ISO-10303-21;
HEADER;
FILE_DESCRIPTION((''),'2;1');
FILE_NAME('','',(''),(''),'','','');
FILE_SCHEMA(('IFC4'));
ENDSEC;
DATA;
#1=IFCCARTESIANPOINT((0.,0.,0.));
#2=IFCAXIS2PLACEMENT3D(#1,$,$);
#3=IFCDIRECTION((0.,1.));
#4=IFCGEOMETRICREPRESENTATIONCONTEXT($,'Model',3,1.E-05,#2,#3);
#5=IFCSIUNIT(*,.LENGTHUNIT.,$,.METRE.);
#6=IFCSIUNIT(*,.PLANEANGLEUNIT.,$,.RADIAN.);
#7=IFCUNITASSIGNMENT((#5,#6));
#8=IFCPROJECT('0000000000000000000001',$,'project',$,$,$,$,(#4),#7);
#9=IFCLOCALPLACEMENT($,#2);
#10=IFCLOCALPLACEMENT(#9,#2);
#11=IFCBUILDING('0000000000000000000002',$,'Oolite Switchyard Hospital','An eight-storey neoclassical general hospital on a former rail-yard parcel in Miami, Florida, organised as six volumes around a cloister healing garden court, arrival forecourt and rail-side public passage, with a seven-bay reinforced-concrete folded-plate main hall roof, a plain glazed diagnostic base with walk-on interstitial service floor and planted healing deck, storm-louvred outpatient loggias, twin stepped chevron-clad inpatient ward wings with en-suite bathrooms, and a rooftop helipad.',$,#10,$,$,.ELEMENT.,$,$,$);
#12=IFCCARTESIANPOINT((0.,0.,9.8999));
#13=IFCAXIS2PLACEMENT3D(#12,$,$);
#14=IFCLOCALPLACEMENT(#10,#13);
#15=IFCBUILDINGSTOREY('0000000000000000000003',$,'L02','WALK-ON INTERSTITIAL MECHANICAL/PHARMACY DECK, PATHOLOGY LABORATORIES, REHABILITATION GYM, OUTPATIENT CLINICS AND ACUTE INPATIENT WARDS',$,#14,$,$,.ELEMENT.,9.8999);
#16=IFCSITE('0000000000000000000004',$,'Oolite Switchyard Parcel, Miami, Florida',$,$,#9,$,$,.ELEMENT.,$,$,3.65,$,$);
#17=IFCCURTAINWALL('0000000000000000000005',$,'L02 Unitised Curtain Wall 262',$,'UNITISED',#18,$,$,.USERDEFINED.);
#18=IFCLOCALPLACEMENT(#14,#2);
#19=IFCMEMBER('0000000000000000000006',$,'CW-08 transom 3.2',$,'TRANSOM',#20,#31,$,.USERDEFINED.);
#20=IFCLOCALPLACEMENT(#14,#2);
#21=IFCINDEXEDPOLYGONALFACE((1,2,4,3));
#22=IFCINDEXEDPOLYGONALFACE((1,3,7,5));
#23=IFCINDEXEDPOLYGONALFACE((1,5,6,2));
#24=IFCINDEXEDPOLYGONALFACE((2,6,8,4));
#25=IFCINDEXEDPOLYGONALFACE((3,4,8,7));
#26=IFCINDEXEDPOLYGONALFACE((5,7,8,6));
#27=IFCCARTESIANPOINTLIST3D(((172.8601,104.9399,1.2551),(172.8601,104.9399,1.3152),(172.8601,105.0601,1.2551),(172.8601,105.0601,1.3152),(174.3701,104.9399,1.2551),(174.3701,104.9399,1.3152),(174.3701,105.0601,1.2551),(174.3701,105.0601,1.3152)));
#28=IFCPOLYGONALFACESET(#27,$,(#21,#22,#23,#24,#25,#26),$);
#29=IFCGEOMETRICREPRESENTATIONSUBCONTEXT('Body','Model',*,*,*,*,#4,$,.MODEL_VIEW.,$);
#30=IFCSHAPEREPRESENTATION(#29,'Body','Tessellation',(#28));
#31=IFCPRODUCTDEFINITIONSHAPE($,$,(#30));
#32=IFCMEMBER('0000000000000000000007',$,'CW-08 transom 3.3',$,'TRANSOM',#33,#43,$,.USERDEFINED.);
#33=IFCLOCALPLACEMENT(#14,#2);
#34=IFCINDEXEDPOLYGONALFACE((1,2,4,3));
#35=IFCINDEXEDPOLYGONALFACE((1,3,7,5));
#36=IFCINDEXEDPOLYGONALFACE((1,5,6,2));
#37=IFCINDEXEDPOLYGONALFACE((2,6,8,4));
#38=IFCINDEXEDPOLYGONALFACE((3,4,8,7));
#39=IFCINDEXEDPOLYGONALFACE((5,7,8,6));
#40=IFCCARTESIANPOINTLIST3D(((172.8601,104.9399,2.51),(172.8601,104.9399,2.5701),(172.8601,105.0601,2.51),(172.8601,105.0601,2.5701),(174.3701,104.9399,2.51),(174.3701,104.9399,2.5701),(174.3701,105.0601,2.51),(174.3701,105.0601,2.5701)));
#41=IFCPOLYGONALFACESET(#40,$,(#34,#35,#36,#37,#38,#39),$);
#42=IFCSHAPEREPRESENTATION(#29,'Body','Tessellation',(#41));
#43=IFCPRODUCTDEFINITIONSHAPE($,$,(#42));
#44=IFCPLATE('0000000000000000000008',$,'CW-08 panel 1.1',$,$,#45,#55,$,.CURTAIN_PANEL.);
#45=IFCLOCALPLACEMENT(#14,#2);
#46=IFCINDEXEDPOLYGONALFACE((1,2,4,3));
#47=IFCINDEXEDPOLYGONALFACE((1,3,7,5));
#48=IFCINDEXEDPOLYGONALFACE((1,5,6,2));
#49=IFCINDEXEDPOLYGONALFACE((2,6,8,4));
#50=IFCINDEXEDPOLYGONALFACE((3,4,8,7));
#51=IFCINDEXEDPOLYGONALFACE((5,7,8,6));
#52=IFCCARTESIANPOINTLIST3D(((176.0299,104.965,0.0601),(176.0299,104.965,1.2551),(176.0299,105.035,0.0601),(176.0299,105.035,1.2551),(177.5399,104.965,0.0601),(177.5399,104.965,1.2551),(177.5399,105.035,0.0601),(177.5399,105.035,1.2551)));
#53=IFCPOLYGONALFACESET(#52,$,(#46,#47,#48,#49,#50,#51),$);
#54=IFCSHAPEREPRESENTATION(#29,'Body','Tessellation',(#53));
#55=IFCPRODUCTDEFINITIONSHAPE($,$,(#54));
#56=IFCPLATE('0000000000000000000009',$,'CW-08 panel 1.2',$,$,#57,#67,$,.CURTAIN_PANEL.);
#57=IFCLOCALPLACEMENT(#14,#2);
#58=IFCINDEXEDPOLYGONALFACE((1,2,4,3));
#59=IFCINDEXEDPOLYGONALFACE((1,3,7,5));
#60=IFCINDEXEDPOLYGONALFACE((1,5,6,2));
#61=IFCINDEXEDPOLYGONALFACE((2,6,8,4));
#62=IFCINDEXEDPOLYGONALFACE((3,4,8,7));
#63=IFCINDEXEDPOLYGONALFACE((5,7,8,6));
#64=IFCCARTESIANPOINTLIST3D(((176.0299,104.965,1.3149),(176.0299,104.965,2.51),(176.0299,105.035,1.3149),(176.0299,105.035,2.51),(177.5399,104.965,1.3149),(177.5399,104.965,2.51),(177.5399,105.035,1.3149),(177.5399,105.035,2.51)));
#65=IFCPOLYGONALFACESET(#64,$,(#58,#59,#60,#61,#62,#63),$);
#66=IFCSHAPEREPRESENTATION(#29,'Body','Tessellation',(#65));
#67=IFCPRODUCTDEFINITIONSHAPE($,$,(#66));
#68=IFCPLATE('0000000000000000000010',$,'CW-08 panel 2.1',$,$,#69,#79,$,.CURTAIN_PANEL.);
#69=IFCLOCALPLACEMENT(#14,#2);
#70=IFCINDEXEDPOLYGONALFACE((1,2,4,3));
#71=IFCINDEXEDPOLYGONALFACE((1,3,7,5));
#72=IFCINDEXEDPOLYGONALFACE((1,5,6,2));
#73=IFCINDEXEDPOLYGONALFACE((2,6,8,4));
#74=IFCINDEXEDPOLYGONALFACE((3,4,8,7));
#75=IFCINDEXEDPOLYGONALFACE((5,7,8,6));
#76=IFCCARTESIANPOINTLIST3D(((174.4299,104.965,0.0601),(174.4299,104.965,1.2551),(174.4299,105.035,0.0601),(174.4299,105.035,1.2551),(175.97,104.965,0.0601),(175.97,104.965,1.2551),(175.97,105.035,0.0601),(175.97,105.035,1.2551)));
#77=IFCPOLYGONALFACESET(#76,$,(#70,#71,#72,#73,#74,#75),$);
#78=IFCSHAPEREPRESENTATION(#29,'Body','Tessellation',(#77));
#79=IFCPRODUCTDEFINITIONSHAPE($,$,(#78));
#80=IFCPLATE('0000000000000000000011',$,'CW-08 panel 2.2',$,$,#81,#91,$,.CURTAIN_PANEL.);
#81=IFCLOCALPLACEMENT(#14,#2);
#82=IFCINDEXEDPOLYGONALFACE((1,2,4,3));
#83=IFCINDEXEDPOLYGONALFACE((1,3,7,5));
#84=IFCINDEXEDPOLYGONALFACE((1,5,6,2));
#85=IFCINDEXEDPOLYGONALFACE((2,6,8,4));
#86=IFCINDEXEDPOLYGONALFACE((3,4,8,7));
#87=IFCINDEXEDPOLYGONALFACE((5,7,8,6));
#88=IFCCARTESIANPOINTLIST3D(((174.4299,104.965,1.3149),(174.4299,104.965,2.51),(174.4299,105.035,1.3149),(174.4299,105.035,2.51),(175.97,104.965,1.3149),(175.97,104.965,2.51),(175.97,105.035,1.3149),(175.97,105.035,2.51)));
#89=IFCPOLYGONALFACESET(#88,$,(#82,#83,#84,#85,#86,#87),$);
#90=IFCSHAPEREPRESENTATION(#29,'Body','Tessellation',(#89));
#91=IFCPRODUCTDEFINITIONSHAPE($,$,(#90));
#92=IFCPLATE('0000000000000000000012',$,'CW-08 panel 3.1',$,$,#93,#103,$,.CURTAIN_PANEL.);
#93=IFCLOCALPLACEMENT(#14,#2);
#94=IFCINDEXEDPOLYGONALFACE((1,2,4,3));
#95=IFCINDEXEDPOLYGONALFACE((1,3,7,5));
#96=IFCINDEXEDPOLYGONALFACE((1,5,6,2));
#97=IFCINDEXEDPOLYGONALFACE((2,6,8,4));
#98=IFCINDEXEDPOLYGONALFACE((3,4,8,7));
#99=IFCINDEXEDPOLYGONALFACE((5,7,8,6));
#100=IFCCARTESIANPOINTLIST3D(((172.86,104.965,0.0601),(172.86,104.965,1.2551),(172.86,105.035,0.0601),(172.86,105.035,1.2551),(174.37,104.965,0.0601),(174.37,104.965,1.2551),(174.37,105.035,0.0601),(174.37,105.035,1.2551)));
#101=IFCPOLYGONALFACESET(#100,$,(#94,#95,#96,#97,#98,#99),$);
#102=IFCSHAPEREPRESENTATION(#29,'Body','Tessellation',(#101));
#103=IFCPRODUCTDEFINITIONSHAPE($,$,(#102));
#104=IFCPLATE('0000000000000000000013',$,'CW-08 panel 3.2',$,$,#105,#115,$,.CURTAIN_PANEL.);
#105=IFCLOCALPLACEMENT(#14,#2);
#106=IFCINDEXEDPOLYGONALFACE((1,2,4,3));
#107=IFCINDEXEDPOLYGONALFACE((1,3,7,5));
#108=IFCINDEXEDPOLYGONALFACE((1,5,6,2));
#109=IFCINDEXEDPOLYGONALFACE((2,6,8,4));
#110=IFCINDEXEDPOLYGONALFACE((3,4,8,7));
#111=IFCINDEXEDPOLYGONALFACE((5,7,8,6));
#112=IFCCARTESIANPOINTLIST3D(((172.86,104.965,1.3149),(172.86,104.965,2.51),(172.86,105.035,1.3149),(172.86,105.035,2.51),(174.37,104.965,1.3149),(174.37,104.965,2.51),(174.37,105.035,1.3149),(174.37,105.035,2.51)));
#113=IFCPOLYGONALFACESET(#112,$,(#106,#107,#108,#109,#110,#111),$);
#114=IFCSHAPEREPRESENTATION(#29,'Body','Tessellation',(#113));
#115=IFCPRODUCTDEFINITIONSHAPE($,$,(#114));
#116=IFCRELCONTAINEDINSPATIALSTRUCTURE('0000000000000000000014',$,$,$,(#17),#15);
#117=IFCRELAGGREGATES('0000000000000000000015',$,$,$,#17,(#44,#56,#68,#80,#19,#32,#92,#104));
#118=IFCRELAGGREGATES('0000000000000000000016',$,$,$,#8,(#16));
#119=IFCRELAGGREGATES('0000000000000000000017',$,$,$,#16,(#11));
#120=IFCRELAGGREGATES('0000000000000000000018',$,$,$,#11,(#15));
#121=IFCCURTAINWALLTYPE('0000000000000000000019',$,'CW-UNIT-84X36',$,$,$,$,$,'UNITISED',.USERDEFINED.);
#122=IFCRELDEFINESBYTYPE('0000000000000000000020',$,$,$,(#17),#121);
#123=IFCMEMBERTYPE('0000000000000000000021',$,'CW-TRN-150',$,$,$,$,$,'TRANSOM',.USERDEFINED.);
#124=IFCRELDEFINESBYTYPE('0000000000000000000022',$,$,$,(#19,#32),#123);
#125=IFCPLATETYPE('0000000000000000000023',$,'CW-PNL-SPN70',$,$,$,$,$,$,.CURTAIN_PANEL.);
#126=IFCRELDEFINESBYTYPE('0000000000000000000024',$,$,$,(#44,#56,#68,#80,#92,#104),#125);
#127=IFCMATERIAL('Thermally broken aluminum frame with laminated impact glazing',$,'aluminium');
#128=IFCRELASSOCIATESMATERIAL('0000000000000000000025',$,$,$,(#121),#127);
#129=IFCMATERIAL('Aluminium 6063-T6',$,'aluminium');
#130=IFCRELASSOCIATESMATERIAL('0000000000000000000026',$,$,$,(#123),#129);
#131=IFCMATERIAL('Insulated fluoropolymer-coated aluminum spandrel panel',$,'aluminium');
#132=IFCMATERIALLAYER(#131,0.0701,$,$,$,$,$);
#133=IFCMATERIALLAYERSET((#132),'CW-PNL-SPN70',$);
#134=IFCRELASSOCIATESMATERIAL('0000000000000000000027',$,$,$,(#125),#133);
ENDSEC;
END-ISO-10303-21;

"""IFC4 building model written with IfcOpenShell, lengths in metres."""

from ifc_helpers import new_model, si_unit, direction, frame, origin, origin_2d, place, context, subcontext, project, spatial, rectangle, extrude, material, layer, layer_set, material_profile, profile_set, type_object, element, aggregate, save


model = new_model("IFC4")

# Units and contexts
model_context = context("Model", 3, precision=1e-05, world=origin(), true_north=direction((0.0, 1.0)))
body_context = subcontext(model_context, "Body", "Model", "MODEL_VIEW")
ifc_project = project(units=[si_unit("LENGTHUNIT", "METRE"), si_unit("PLANEANGLEUNIT", "RADIAN")], contexts=[model_context])

# Site, building, storey
site_placement = place(None, origin())
site = spatial("IfcSite", under=ifc_project, at=site_placement, Name="Oolite Switchyard Parcel, Miami, Florida", CompositionType="ELEMENT", RefElevation=3.65)
building_placement = place(site_placement, origin())
building = spatial("IfcBuilding", under=site, at=building_placement, Name="Oolite Switchyard Hospital", Description="An eight-storey neoclassical general hospital on a former rail-yard parcel in Miami, Florida, organised as six volumes around a cloister healing garden court, arrival forecourt and rail-side public passage, with a seven-bay reinforced-concrete folded-plate main hall roof, a plain glazed diagnostic base with walk-on interstitial service floor and planted healing deck, storm-louvred outpatient loggias, twin stepped chevron-clad inpatient ward wings with en-suite bathrooms, and a rooftop helipad.", CompositionType="ELEMENT")
storey_placement = place(building_placement, frame((0.0, 0.0, 9.8999)))
storey = spatial("IfcBuildingStorey", under=building, at=storey_placement, Name="L02", Description="WALK-ON INTERSTITIAL MECHANICAL/PHARMACY DECK, PATHOLOGY LABORATORIES, REHABILITATION GYM, OUTPATIENT CLINICS AND ACUTE INPATIENT WARDS", CompositionType="ELEMENT", Elevation=9.8999)

# Curtain wall, members, plates
ifc_material_1 = material(Name="Thermally broken aluminum frame with laminated impact glazing", Category="aluminium")
curtain_wall_type = type_object("IfcCurtainWallType", Name="CW-UNIT-84X36", ElementType="UNITISED", PredefinedType="USERDEFINED", material=ifc_material_1)
curtain_wall_placement = place(storey_placement, origin())
curtain_wall = element("IfcCurtainWall", 1, at=curtain_wall_placement, inside=storey, type_object=curtain_wall_type, Name="L02 Unitised Curtain Wall 262", ObjectType="UNITISED", PredefinedType="USERDEFINED")
ifc_material_2 = material(Name="Aluminium 6063-T6", Category="aluminium")
ifc_material_profile_1 = material_profile(ifc_material_2, rectangle(XDim=0.1201, YDim=0.0601, at=origin_2d()), Name="CWT60X120")
ifc_profile_set_1 = profile_set([ifc_material_profile_1], Name="Aluminium 6063-T6")
member_type_1 = type_object("IfcMemberType", Name="CW-TRN-150", ElementType="TRANSOM", PredefinedType="USERDEFINED", material=ifc_profile_set_1)
member_1_placement = place(storey_placement, frame((174.3701, 105.0, 1.2852), z_axis=(-1.0, 0.0, 0.0), x_axis=(0.0, -1.0, 0.0)))
member_1 = element("IfcMember", 2, at=member_1_placement, type_object=member_type_1, Name="CW-08 transom 3.2", ObjectType="TRANSOM", PredefinedType="USERDEFINED", context=body_context, shape_type="SweptSolid", body=[
    extrude(rectangle(XDim=0.1201, YDim=0.0601, at=origin_2d()), origin(), (0.0, 0.0, 1.0), 1.51),
])
member_2_placement = place(storey_placement, frame((174.3701, 105.0, 2.54), z_axis=(-1.0, 0.0, 0.0), x_axis=(0.0, -1.0, 0.0)))
member_2 = element("IfcMember", 3, at=member_2_placement, type_object=member_type_1, Name="CW-08 transom 3.3", ObjectType="TRANSOM", PredefinedType="USERDEFINED", context=body_context, shape_type="SweptSolid", body=[
    extrude(rectangle(XDim=0.1201, YDim=0.0601, at=origin_2d()), origin(), (0.0, 0.0, 1.0), 1.51),
])
ifc_material_3 = material(Name="Insulated fluoropolymer-coated aluminum spandrel panel", Category="aluminium")
ifc_layer = layer(ifc_material_3, 0.0701)
ifc_layer_set = layer_set([ifc_layer], Name="CW-PNL-SPN70")
plate_type = type_object("IfcPlateType", Name="CW-PNL-SPN70", PredefinedType="CURTAIN_PANEL", material=ifc_layer_set)
plate_1_placement = place(storey_placement, frame((176.7849, 105.0, 0.0601), z_axis=(0.0, 0.0, 1.0), x_axis=(-1.0, 0.0, 0.0)))
plate_1 = element("IfcPlate", 4, at=plate_1_placement, type_object=plate_type, Name="CW-08 panel 1.1", PredefinedType="CURTAIN_PANEL", context=body_context, shape_type="SweptSolid", body=[
    extrude(rectangle(XDim=1.51, YDim=0.0701, at=origin_2d()), origin(), (0.0, 0.0, 1.0), 1.1951),
])
plate_2_placement = place(storey_placement, frame((176.7849, 105.0, 1.3149), z_axis=(0.0, 0.0, 1.0), x_axis=(-1.0, 0.0, 0.0)))
plate_2 = element("IfcPlate", 5, at=plate_2_placement, type_object=plate_type, Name="CW-08 panel 1.2", PredefinedType="CURTAIN_PANEL", context=body_context, shape_type="SweptSolid", body=[
    extrude(rectangle(XDim=1.51, YDim=0.0701, at=origin_2d()), origin(), (0.0, 0.0, 1.0), 1.1951),
])
plate_3_placement = place(storey_placement, frame((175.2, 105.0, 0.0601), z_axis=(0.0, 0.0, 1.0), x_axis=(-1.0, 0.0, 0.0)))
plate_3 = element("IfcPlate", 6, at=plate_3_placement, type_object=plate_type, Name="CW-08 panel 2.1", PredefinedType="CURTAIN_PANEL", context=body_context, shape_type="SweptSolid", body=[
    extrude(rectangle(XDim=1.54, YDim=0.0701, at=origin_2d()), origin(), (0.0, 0.0, 1.0), 1.1951),
])
plate_4_placement = place(storey_placement, frame((175.2, 105.0, 1.3149), z_axis=(0.0, 0.0, 1.0), x_axis=(-1.0, 0.0, 0.0)))
plate_4 = element("IfcPlate", 7, at=plate_4_placement, type_object=plate_type, Name="CW-08 panel 2.2", PredefinedType="CURTAIN_PANEL", context=body_context, shape_type="SweptSolid", body=[
    extrude(rectangle(XDim=1.54, YDim=0.0701, at=origin_2d()), origin(), (0.0, 0.0, 1.0), 1.1951),
])
plate_5_placement = place(storey_placement, frame((173.615, 105.0, 0.0601), z_axis=(0.0, 0.0, 1.0), x_axis=(-1.0, 0.0, 0.0)))
plate_5 = element("IfcPlate", 8, at=plate_5_placement, type_object=plate_type, Name="CW-08 panel 3.1", PredefinedType="CURTAIN_PANEL", context=body_context, shape_type="SweptSolid", body=[
    extrude(rectangle(XDim=1.51, YDim=0.0701, at=origin_2d()), origin(), (0.0, 0.0, 1.0), 1.1951),
])
plate_6_placement = place(storey_placement, frame((173.615, 105.0, 1.3149), z_axis=(0.0, 0.0, 1.0), x_axis=(-1.0, 0.0, 0.0)))
plate_6 = element("IfcPlate", 9, at=plate_6_placement, type_object=plate_type, Name="CW-08 panel 3.2", PredefinedType="CURTAIN_PANEL", context=body_context, shape_type="SweptSolid", body=[
    extrude(rectangle(XDim=1.51, YDim=0.0701, at=origin_2d()), origin(), (0.0, 0.0, 1.0), 1.1951),
])
aggregate(curtain_wall, [plate_1, plate_2, plate_3, plate_4, member_1, member_2, plate_5, plate_6])

save(model, "model.ifc")
